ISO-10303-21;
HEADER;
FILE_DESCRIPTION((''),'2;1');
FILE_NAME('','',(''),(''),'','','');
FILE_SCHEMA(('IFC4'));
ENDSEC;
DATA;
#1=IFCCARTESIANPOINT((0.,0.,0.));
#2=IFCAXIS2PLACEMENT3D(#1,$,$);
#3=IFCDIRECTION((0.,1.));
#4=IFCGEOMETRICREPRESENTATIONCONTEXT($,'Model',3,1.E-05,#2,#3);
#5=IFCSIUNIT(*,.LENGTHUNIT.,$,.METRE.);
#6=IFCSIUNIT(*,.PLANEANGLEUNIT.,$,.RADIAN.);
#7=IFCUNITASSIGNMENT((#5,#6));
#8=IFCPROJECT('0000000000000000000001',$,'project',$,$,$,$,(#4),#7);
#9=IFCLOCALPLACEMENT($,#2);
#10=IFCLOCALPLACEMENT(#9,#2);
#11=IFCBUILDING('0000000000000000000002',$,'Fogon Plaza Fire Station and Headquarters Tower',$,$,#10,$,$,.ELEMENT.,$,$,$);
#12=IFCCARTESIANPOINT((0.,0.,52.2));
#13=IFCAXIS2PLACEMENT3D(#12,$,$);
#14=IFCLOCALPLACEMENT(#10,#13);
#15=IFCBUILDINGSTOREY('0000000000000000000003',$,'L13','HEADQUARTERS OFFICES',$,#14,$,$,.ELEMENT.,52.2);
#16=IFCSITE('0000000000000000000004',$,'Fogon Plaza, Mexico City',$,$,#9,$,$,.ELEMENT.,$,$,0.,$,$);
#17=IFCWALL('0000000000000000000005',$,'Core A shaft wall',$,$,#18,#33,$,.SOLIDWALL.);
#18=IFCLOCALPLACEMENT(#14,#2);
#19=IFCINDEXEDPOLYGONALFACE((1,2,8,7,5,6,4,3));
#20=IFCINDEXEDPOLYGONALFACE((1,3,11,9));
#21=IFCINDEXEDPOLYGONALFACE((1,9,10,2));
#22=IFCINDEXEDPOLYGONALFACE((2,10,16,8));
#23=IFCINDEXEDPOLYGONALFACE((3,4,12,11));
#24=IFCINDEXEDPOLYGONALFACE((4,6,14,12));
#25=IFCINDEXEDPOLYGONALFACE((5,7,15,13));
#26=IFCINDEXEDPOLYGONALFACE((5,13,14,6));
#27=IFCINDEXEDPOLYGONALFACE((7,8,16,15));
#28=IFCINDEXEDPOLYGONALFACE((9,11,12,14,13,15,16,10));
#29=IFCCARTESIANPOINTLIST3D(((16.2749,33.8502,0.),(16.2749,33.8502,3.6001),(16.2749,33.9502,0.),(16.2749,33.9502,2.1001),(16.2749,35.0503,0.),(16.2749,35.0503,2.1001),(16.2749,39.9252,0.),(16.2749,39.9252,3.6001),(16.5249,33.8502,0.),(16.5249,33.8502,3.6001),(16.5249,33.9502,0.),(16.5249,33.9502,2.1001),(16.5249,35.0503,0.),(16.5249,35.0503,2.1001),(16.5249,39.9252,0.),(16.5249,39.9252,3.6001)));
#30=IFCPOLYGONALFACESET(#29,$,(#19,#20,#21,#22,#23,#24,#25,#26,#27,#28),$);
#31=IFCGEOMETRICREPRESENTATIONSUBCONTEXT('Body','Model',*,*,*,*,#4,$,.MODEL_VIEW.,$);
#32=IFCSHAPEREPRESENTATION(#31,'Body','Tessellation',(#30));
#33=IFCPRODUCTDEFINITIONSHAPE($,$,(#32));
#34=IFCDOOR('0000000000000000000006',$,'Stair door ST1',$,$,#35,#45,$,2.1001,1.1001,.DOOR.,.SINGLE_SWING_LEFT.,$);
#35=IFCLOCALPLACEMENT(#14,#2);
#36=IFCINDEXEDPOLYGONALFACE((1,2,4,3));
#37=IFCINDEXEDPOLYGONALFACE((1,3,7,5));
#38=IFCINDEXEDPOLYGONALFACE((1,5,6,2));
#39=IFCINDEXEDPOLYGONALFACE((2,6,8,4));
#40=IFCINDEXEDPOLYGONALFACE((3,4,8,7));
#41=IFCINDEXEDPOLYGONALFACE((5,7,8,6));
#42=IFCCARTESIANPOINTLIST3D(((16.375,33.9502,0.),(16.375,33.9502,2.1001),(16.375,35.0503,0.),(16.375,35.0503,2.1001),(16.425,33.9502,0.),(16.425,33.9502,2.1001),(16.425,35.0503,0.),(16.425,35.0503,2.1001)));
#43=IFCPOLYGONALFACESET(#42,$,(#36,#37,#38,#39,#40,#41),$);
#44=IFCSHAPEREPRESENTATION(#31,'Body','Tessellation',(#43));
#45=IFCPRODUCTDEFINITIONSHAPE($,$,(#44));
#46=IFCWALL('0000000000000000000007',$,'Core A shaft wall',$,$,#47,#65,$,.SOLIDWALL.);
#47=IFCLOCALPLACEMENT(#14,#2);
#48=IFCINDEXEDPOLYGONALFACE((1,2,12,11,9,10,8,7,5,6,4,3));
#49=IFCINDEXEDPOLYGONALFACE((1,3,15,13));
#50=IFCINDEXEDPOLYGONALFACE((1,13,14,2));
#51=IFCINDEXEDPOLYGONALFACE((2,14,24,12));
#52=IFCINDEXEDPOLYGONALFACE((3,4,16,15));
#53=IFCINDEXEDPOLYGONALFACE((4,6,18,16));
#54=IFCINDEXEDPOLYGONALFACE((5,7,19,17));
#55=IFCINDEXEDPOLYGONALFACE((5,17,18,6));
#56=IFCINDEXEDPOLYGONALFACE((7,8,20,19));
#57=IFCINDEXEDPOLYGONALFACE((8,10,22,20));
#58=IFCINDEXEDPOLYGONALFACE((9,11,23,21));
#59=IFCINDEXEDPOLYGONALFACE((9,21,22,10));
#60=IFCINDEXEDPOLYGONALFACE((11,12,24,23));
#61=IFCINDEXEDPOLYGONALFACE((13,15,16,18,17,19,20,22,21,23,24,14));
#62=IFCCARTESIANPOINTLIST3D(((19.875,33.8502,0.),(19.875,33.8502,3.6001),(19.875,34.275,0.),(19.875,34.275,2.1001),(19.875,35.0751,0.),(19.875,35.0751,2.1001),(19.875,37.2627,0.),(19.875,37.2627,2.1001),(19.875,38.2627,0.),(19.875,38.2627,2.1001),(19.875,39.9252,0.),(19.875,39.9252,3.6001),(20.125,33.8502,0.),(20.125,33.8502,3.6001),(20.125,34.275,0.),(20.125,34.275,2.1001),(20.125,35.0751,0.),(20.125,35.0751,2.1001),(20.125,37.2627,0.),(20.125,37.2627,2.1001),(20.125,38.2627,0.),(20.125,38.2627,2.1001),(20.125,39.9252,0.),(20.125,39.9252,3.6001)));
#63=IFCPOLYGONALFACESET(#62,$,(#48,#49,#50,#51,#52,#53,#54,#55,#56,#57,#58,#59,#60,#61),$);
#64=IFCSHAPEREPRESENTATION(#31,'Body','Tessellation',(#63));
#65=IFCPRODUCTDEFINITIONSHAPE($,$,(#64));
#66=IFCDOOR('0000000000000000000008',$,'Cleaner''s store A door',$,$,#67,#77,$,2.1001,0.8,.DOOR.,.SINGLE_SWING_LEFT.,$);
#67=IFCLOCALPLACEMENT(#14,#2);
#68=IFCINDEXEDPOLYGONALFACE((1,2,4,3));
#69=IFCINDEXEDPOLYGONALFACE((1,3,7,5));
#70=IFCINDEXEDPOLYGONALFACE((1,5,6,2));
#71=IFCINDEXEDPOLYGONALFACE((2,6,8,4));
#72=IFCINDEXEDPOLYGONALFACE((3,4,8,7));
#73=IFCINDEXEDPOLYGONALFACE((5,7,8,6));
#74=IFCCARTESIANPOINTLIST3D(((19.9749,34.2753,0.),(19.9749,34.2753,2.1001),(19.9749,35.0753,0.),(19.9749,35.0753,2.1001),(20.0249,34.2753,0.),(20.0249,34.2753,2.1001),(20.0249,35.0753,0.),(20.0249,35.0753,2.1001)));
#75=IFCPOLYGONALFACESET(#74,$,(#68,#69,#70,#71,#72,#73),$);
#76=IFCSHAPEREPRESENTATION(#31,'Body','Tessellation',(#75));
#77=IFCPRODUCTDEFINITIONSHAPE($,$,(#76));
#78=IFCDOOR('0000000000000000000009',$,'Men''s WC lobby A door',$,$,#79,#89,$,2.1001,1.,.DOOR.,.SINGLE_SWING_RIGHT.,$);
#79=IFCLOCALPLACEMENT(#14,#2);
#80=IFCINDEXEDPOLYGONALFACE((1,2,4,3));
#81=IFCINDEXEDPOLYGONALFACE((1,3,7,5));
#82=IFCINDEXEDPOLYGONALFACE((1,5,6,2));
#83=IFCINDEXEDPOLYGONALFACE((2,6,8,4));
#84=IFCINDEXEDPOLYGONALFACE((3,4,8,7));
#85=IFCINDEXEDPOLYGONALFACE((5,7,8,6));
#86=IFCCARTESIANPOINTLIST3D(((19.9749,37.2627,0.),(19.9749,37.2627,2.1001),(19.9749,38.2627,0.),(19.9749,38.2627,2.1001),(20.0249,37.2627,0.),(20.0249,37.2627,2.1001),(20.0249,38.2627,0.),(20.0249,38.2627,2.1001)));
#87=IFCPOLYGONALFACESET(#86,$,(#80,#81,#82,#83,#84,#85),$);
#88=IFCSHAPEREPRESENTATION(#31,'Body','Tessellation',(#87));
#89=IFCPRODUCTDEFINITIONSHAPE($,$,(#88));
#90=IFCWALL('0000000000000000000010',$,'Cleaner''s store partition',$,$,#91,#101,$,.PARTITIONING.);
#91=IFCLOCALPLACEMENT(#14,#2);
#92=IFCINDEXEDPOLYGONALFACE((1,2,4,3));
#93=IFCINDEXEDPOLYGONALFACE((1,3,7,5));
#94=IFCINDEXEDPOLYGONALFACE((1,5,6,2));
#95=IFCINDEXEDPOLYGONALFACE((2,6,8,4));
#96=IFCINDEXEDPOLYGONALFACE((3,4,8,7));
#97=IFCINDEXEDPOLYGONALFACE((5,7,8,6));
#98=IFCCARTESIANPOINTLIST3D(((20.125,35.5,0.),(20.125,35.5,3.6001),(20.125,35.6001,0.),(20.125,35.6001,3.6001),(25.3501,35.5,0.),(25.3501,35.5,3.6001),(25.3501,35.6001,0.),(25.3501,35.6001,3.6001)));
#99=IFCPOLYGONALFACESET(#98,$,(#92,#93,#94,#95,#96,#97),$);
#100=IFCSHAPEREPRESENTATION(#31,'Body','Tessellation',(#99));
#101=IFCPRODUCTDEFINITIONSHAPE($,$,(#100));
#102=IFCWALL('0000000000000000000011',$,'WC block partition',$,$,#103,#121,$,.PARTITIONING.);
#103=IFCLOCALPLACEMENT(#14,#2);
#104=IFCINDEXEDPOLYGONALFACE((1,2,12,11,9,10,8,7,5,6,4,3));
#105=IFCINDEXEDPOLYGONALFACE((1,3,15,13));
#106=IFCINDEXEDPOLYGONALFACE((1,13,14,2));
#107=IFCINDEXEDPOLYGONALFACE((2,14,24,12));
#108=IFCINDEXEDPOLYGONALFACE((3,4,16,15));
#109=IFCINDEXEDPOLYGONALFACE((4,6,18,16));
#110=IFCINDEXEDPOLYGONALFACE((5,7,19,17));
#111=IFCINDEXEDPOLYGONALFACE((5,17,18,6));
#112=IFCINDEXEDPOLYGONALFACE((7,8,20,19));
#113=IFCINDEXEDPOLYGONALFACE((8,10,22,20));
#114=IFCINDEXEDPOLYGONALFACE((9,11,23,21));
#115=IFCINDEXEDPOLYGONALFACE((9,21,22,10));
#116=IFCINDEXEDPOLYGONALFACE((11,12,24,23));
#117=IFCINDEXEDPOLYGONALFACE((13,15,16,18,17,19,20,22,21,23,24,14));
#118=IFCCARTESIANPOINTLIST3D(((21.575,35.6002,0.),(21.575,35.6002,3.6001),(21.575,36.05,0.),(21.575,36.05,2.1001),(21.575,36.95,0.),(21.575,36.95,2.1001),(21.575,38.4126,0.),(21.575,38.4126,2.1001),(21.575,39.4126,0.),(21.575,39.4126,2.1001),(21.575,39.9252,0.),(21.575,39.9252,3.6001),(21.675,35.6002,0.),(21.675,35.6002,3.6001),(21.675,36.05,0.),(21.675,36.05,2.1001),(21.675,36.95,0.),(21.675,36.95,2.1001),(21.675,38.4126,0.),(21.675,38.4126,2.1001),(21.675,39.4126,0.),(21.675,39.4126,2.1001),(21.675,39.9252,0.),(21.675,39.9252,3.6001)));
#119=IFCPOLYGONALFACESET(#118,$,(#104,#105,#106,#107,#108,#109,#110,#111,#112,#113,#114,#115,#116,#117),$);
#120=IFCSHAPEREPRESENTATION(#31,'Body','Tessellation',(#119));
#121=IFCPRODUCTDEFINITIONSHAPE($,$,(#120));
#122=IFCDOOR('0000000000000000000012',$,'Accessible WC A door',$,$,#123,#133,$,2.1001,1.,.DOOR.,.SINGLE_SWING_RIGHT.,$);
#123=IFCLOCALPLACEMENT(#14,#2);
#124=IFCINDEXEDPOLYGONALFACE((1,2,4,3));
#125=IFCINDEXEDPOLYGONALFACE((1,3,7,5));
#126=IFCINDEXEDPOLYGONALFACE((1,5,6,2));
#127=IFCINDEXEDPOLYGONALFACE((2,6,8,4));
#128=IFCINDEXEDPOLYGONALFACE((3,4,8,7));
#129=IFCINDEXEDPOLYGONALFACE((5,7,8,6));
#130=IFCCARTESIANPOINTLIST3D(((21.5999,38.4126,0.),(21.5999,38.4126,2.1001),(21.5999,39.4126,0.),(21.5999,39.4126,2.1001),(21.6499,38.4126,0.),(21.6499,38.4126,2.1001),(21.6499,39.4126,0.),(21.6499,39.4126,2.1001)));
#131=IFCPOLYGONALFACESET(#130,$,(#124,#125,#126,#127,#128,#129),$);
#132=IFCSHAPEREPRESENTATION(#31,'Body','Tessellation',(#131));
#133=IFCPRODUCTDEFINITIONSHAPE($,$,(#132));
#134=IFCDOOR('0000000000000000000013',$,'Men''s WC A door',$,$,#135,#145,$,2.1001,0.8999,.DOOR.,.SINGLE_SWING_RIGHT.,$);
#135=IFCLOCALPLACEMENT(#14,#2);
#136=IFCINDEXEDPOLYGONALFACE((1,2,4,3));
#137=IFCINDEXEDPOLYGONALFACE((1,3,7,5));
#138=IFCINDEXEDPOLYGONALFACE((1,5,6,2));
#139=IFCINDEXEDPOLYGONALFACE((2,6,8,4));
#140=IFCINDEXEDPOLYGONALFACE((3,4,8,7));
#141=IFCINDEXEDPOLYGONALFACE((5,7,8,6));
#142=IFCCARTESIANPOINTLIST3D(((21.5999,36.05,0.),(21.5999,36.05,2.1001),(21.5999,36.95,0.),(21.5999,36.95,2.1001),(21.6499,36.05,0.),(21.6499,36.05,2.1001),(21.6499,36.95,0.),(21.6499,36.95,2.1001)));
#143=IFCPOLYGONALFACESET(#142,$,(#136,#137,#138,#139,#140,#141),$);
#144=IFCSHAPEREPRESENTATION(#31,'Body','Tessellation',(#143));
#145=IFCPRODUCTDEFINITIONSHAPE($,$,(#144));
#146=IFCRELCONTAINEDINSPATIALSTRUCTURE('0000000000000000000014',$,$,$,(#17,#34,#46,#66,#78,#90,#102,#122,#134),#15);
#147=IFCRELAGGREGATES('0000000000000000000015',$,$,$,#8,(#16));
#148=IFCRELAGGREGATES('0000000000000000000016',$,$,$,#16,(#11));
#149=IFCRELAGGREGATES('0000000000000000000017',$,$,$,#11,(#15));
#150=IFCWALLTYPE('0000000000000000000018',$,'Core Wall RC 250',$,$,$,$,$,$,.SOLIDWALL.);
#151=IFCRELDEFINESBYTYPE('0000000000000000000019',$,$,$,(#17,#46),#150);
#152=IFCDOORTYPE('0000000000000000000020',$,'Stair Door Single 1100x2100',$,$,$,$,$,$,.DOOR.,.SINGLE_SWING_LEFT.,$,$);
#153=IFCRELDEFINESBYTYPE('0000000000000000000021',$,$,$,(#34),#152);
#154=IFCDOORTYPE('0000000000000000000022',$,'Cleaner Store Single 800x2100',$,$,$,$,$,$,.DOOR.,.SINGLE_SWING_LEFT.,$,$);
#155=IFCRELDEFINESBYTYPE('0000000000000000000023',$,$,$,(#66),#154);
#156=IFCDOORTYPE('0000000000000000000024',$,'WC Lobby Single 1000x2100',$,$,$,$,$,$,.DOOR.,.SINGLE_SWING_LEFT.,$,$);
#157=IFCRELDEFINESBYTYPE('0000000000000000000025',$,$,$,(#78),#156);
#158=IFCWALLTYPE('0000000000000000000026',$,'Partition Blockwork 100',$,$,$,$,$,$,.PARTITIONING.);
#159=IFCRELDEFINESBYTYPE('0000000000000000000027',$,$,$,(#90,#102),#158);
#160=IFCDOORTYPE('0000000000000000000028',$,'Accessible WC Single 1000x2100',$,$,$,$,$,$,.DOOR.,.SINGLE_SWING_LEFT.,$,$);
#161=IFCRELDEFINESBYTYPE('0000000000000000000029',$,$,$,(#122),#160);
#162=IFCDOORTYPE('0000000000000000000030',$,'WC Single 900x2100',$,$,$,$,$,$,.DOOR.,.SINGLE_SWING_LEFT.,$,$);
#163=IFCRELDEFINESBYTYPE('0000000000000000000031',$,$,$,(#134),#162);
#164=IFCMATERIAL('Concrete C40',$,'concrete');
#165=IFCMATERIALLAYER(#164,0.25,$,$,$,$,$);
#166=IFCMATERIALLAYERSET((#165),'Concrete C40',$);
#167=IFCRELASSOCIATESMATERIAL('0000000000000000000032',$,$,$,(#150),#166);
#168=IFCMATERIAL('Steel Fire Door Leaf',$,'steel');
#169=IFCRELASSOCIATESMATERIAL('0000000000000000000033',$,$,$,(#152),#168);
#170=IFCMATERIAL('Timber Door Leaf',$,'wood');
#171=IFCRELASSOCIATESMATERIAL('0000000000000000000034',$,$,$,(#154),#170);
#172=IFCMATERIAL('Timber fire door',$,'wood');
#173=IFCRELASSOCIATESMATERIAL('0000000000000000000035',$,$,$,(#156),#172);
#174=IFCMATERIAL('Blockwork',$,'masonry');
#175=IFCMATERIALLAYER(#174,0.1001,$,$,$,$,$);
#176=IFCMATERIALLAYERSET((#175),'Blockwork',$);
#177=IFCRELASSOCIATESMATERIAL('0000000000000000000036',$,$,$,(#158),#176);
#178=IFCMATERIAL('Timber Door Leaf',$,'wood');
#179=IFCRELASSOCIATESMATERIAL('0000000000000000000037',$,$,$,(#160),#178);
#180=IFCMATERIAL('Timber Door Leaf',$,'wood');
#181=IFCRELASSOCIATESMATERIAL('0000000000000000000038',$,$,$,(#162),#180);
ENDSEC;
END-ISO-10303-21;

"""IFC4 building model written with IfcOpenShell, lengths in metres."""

from ifc_helpers import new_model, si_unit, direction, frame, frame_2d, origin, place, context, subcontext, project, spatial, rectangle, extrude, material, layer, layer_set, type_object, element, fill, save


model = new_model("IFC4")

# Units and contexts
model_context = context("Model", 3, precision=1e-05, world=origin(), true_north=direction((0.0, 1.0)))
body_context = subcontext(model_context, "Body", "Model", "MODEL_VIEW")
ifc_project = project(units=[si_unit("LENGTHUNIT", "METRE"), si_unit("PLANEANGLEUNIT", "RADIAN")], contexts=[model_context])

# Site, building, storey
site_placement = place(None, origin())
site = spatial("IfcSite", under=ifc_project, at=site_placement, Name="Fogon Plaza, Mexico City", CompositionType="ELEMENT", RefElevation=0.0)
building_placement = place(site_placement, origin())
building = spatial("IfcBuilding", under=site, at=building_placement, Name="Fogon Plaza Fire Station and Headquarters Tower", CompositionType="ELEMENT")
storey_placement = place(building_placement, frame((0.0, 0.0, 52.2)))
storey = spatial("IfcBuildingStorey", under=building, at=storey_placement, Name="L13", Description="HEADQUARTERS OFFICES", CompositionType="ELEMENT", Elevation=52.2)

# Wall, opening, door
ifc_material_1 = material(Name="Concrete C40", Category="concrete")
ifc_layer_1 = layer(ifc_material_1, 0.25)
ifc_layer_set_1 = layer_set([ifc_layer_1], Name="Concrete C40")
wall_type_1 = type_object("IfcWallType", Name="Core Wall RC 250", PredefinedType="SOLIDWALL", material=ifc_layer_set_1)
wall_1_placement = place(storey_placement, frame((16.3999, 33.8501, 0.0), z_axis=(0.0, 0.0, 1.0), x_axis=(0.0, 1.0, 0.0)))
wall_1 = element("IfcWall", 1, at=wall_1_placement, inside=storey, type_object=wall_type_1, Name="Core A shaft wall", PredefinedType="SOLIDWALL", context=body_context, shape_type="SweptSolid", body=[
    extrude(rectangle(XDim=6.075, YDim=0.25, at=frame_2d((3.0376, 0.0))), origin(), (0.0, 0.0, 1.0), 3.6001),
])
opening_1_placement = place(wall_1_placement, frame((0.1001, 0.0, 0.0)))
opening_1 = element("IfcOpeningElement", 2, at=opening_1_placement, cuts=wall_1, PredefinedType="OPENING", context=body_context, shape_type="SweptSolid", body=[
    extrude(rectangle(XDim=1.1001, YDim=2.1001, at=frame_2d((0.55, 1.05))), frame((0.0, 0.135, 0.0), z_axis=(0.0, -1.0, 0.0), x_axis=(1.0, 0.0, 0.0)), (0.0, 0.0, 1.0), 0.27),
])
ifc_material_2 = material(Name="Steel Fire Door Leaf", Category="steel")
door_type_1 = type_object("IfcDoorType", Name="Stair Door Single 1100x2100", OperationType="SINGLE_SWING_LEFT", PredefinedType="DOOR", material=ifc_material_2)
door_1_placement = place(opening_1_placement, origin())
door_1 = element("IfcDoor", 3, at=door_1_placement, inside=storey, type_object=door_type_1, Name="Stair door ST1", OperationType="SINGLE_SWING_LEFT", OverallHeight=2.1001, OverallWidth=1.1001, PredefinedType="DOOR", context=body_context, shape_type="SweptSolid", body=[
    extrude(rectangle(XDim=1.1001, YDim=2.1001, at=frame_2d((0.55, 1.05))), frame((0.0, 0.0249, 0.0), z_axis=(0.0, -1.0, 0.0), x_axis=(1.0, 0.0, 0.0)), (0.0, 0.0, 1.0), 0.05),
])
fill(opening_1, door_1)

# Wall, openings, doors
wall_2_placement = place(storey_placement, frame((20.0, 33.8501, 0.0), z_axis=(0.0, 0.0, 1.0), x_axis=(0.0, 1.0, 0.0)))
wall_2 = element("IfcWall", 4, at=wall_2_placement, inside=storey, type_object=wall_type_1, Name="Core A shaft wall", PredefinedType="SOLIDWALL", context=body_context, shape_type="SweptSolid", body=[
    extrude(rectangle(XDim=6.075, YDim=0.25, at=frame_2d((3.0376, 0.0))), origin(), (0.0, 0.0, 1.0), 3.6001),
])
opening_2_placement = place(wall_2_placement, frame((0.425, 0.0, 0.0)))
opening_2 = element("IfcOpeningElement", 5, at=opening_2_placement, cuts=wall_2, PredefinedType="OPENING", context=body_context, shape_type="SweptSolid", body=[
    extrude(rectangle(XDim=0.8, YDim=2.1001, at=frame_2d((0.3999, 1.05))), frame((0.0, 0.135, 0.0), z_axis=(0.0, -1.0, 0.0), x_axis=(1.0, 0.0, 0.0)), (0.0, 0.0, 1.0), 0.27),
])
opening_3_placement = place(wall_2_placement, frame((3.4126, 0.0, 0.0)))
opening_3 = element("IfcOpeningElement", 6, at=opening_3_placement, cuts=wall_2, PredefinedType="OPENING", context=body_context, shape_type="SweptSolid", body=[
    extrude(rectangle(XDim=1.0, YDim=2.1001, at=frame_2d((0.5, 1.05))), frame((0.0, 0.135, 0.0), z_axis=(0.0, -1.0, 0.0), x_axis=(1.0, 0.0, 0.0)), (0.0, 0.0, 1.0), 0.27),
])
ifc_material_3 = material(Name="Timber Door Leaf", Category="wood")
door_type_2 = type_object("IfcDoorType", Name="Cleaner Store Single 800x2100", OperationType="SINGLE_SWING_LEFT", PredefinedType="DOOR", material=ifc_material_3)
door_2_placement = place(opening_2_placement, frame((0.8, 0.0, 0.0), z_axis=(0.0, 0.0, 1.0), x_axis=(-1.0, 0.0, 0.0)))
door_2 = element("IfcDoor", 7, at=door_2_placement, inside=storey, type_object=door_type_2, Name="Cleaner's store A door", OperationType="SINGLE_SWING_LEFT", OverallHeight=2.1001, OverallWidth=0.8, PredefinedType="DOOR", context=body_context, shape_type="SweptSolid", body=[
    extrude(rectangle(XDim=0.8, YDim=2.1001, at=frame_2d((0.3999, 1.05))), frame((0.0, 0.0249, 0.0), z_axis=(0.0, -1.0, 0.0), x_axis=(1.0, 0.0, 0.0)), (0.0, 0.0, 1.0), 0.05),
])
fill(opening_2, door_2)
ifc_material_4 = material(Name="Timber fire door", Category="wood")
door_type_3 = type_object("IfcDoorType", Name="WC Lobby Single 1000x2100", OperationType="SINGLE_SWING_LEFT", PredefinedType="DOOR", material=ifc_material_4)
door_3_placement = place(opening_3_placement, frame((1.0, 0.0, 0.0), z_axis=(0.0, 0.0, 1.0), x_axis=(-1.0, 0.0, 0.0)))
door_3 = element("IfcDoor", 8, at=door_3_placement, inside=storey, type_object=door_type_3, Name="Men's WC lobby A door", OperationType="SINGLE_SWING_RIGHT", OverallHeight=2.1001, OverallWidth=1.0, PredefinedType="DOOR", context=body_context, shape_type="SweptSolid", body=[
    extrude(rectangle(XDim=1.0, YDim=2.1001, at=frame_2d((0.5, 1.05))), frame((0.0, 0.0249, 0.0), z_axis=(0.0, -1.0, 0.0), x_axis=(1.0, 0.0, 0.0)), (0.0, 0.0, 1.0), 0.05),
])
fill(opening_3, door_3)

# Wall
ifc_material_5 = material(Name="Blockwork", Category="masonry")
ifc_layer_2 = layer(ifc_material_5, 0.1001)
ifc_layer_set_2 = layer_set([ifc_layer_2], Name="Blockwork")
wall_type_2 = type_object("IfcWallType", Name="Partition Blockwork 100", PredefinedType="PARTITIONING", material=ifc_layer_set_2)
wall_3_placement = place(storey_placement, frame((20.125, 35.55, 0.0), z_axis=(0.0, 0.0, 1.0), x_axis=(1.0, 0.0, 0.0)))
element("IfcWall", 9, at=wall_3_placement, inside=storey, type_object=wall_type_2, Name="Cleaner's store partition", PredefinedType="PARTITIONING", context=body_context, shape_type="SweptSolid", body=[
    extrude(rectangle(XDim=5.2251, YDim=0.1001, at=frame_2d((2.6125, 0.0))), origin(), (0.0, 0.0, 1.0), 3.6001),
])

# Wall, openings, doors
wall_4_placement = place(storey_placement, frame((21.625, 35.6001, 0.0), z_axis=(0.0, 0.0, 1.0), x_axis=(0.0, 1.0, 0.0)))
wall_4 = element("IfcWall", 10, at=wall_4_placement, inside=storey, type_object=wall_type_2, Name="WC block partition", PredefinedType="PARTITIONING", context=body_context, shape_type="SweptSolid", body=[
    extrude(rectangle(XDim=4.325, YDim=0.1001, at=frame_2d((2.1626, 0.0))), origin(), (0.0, 0.0, 1.0), 3.6001),
])
opening_4_placement = place(wall_4_placement, frame((0.45, 0.0, 0.0)))
opening_4 = element("IfcOpeningElement", 11, at=opening_4_placement, cuts=wall_4, PredefinedType="OPENING", context=body_context, shape_type="SweptSolid", body=[
    extrude(rectangle(XDim=0.8999, YDim=2.1001, at=frame_2d((0.45, 1.05))), frame((0.0, 0.0601, 0.0), z_axis=(0.0, -1.0, 0.0), x_axis=(1.0, 0.0, 0.0)), (0.0, 0.0, 1.0), 0.1201),
])
opening_5_placement = place(wall_4_placement, frame((2.8125, 0.0, 0.0)))
opening_5 = element("IfcOpeningElement", 12, at=opening_5_placement, cuts=wall_4, PredefinedType="OPENING", context=body_context, shape_type="SweptSolid", body=[
    extrude(rectangle(XDim=1.0, YDim=2.1001, at=frame_2d((0.5, 1.05))), frame((0.0, 0.0601, 0.0), z_axis=(0.0, -1.0, 0.0), x_axis=(1.0, 0.0, 0.0)), (0.0, 0.0, 1.0), 0.1201),
])
ifc_material_6 = material(Name="Timber Door Leaf", Category="wood")
door_type_4 = type_object("IfcDoorType", Name="Accessible WC Single 1000x2100", OperationType="SINGLE_SWING_LEFT", PredefinedType="DOOR", material=ifc_material_6)
door_4_placement = place(opening_5_placement, frame((1.0, 0.0, 0.0), z_axis=(0.0, 0.0, 1.0), x_axis=(-1.0, 0.0, 0.0)))
door_4 = element("IfcDoor", 13, at=door_4_placement, inside=storey, type_object=door_type_4, Name="Accessible WC A door", OperationType="SINGLE_SWING_RIGHT", OverallHeight=2.1001, OverallWidth=1.0, PredefinedType="DOOR", context=body_context, shape_type="SweptSolid", body=[
    extrude(rectangle(XDim=1.0, YDim=2.1001, at=frame_2d((0.5, 1.05))), frame((0.0, 0.0249, 0.0), z_axis=(0.0, -1.0, 0.0), x_axis=(1.0, 0.0, 0.0)), (0.0, 0.0, 1.0), 0.05),
])
fill(opening_5, door_4)
ifc_material_7 = material(Name="Timber Door Leaf", Category="wood")
door_type_5 = type_object("IfcDoorType", Name="WC Single 900x2100", OperationType="SINGLE_SWING_LEFT", PredefinedType="DOOR", material=ifc_material_7)
door_5_placement = place(opening_4_placement, frame((0.8999, 0.0, 0.0), z_axis=(0.0, 0.0, 1.0), x_axis=(-1.0, 0.0, 0.0)))
door_5 = element("IfcDoor", 14, at=door_5_placement, inside=storey, type_object=door_type_5, Name="Men's WC A door", OperationType="SINGLE_SWING_RIGHT", OverallHeight=2.1001, OverallWidth=0.8999, PredefinedType="DOOR", context=body_context, shape_type="SweptSolid", body=[
    extrude(rectangle(XDim=0.8999, YDim=2.1001, at=frame_2d((0.45, 1.05))), frame((0.0, 0.0249, 0.0), z_axis=(0.0, -1.0, 0.0), x_axis=(1.0, 0.0, 0.0)), (0.0, 0.0, 1.0), 0.05),
])
fill(opening_4, door_5)

save(model, "model.ifc")
